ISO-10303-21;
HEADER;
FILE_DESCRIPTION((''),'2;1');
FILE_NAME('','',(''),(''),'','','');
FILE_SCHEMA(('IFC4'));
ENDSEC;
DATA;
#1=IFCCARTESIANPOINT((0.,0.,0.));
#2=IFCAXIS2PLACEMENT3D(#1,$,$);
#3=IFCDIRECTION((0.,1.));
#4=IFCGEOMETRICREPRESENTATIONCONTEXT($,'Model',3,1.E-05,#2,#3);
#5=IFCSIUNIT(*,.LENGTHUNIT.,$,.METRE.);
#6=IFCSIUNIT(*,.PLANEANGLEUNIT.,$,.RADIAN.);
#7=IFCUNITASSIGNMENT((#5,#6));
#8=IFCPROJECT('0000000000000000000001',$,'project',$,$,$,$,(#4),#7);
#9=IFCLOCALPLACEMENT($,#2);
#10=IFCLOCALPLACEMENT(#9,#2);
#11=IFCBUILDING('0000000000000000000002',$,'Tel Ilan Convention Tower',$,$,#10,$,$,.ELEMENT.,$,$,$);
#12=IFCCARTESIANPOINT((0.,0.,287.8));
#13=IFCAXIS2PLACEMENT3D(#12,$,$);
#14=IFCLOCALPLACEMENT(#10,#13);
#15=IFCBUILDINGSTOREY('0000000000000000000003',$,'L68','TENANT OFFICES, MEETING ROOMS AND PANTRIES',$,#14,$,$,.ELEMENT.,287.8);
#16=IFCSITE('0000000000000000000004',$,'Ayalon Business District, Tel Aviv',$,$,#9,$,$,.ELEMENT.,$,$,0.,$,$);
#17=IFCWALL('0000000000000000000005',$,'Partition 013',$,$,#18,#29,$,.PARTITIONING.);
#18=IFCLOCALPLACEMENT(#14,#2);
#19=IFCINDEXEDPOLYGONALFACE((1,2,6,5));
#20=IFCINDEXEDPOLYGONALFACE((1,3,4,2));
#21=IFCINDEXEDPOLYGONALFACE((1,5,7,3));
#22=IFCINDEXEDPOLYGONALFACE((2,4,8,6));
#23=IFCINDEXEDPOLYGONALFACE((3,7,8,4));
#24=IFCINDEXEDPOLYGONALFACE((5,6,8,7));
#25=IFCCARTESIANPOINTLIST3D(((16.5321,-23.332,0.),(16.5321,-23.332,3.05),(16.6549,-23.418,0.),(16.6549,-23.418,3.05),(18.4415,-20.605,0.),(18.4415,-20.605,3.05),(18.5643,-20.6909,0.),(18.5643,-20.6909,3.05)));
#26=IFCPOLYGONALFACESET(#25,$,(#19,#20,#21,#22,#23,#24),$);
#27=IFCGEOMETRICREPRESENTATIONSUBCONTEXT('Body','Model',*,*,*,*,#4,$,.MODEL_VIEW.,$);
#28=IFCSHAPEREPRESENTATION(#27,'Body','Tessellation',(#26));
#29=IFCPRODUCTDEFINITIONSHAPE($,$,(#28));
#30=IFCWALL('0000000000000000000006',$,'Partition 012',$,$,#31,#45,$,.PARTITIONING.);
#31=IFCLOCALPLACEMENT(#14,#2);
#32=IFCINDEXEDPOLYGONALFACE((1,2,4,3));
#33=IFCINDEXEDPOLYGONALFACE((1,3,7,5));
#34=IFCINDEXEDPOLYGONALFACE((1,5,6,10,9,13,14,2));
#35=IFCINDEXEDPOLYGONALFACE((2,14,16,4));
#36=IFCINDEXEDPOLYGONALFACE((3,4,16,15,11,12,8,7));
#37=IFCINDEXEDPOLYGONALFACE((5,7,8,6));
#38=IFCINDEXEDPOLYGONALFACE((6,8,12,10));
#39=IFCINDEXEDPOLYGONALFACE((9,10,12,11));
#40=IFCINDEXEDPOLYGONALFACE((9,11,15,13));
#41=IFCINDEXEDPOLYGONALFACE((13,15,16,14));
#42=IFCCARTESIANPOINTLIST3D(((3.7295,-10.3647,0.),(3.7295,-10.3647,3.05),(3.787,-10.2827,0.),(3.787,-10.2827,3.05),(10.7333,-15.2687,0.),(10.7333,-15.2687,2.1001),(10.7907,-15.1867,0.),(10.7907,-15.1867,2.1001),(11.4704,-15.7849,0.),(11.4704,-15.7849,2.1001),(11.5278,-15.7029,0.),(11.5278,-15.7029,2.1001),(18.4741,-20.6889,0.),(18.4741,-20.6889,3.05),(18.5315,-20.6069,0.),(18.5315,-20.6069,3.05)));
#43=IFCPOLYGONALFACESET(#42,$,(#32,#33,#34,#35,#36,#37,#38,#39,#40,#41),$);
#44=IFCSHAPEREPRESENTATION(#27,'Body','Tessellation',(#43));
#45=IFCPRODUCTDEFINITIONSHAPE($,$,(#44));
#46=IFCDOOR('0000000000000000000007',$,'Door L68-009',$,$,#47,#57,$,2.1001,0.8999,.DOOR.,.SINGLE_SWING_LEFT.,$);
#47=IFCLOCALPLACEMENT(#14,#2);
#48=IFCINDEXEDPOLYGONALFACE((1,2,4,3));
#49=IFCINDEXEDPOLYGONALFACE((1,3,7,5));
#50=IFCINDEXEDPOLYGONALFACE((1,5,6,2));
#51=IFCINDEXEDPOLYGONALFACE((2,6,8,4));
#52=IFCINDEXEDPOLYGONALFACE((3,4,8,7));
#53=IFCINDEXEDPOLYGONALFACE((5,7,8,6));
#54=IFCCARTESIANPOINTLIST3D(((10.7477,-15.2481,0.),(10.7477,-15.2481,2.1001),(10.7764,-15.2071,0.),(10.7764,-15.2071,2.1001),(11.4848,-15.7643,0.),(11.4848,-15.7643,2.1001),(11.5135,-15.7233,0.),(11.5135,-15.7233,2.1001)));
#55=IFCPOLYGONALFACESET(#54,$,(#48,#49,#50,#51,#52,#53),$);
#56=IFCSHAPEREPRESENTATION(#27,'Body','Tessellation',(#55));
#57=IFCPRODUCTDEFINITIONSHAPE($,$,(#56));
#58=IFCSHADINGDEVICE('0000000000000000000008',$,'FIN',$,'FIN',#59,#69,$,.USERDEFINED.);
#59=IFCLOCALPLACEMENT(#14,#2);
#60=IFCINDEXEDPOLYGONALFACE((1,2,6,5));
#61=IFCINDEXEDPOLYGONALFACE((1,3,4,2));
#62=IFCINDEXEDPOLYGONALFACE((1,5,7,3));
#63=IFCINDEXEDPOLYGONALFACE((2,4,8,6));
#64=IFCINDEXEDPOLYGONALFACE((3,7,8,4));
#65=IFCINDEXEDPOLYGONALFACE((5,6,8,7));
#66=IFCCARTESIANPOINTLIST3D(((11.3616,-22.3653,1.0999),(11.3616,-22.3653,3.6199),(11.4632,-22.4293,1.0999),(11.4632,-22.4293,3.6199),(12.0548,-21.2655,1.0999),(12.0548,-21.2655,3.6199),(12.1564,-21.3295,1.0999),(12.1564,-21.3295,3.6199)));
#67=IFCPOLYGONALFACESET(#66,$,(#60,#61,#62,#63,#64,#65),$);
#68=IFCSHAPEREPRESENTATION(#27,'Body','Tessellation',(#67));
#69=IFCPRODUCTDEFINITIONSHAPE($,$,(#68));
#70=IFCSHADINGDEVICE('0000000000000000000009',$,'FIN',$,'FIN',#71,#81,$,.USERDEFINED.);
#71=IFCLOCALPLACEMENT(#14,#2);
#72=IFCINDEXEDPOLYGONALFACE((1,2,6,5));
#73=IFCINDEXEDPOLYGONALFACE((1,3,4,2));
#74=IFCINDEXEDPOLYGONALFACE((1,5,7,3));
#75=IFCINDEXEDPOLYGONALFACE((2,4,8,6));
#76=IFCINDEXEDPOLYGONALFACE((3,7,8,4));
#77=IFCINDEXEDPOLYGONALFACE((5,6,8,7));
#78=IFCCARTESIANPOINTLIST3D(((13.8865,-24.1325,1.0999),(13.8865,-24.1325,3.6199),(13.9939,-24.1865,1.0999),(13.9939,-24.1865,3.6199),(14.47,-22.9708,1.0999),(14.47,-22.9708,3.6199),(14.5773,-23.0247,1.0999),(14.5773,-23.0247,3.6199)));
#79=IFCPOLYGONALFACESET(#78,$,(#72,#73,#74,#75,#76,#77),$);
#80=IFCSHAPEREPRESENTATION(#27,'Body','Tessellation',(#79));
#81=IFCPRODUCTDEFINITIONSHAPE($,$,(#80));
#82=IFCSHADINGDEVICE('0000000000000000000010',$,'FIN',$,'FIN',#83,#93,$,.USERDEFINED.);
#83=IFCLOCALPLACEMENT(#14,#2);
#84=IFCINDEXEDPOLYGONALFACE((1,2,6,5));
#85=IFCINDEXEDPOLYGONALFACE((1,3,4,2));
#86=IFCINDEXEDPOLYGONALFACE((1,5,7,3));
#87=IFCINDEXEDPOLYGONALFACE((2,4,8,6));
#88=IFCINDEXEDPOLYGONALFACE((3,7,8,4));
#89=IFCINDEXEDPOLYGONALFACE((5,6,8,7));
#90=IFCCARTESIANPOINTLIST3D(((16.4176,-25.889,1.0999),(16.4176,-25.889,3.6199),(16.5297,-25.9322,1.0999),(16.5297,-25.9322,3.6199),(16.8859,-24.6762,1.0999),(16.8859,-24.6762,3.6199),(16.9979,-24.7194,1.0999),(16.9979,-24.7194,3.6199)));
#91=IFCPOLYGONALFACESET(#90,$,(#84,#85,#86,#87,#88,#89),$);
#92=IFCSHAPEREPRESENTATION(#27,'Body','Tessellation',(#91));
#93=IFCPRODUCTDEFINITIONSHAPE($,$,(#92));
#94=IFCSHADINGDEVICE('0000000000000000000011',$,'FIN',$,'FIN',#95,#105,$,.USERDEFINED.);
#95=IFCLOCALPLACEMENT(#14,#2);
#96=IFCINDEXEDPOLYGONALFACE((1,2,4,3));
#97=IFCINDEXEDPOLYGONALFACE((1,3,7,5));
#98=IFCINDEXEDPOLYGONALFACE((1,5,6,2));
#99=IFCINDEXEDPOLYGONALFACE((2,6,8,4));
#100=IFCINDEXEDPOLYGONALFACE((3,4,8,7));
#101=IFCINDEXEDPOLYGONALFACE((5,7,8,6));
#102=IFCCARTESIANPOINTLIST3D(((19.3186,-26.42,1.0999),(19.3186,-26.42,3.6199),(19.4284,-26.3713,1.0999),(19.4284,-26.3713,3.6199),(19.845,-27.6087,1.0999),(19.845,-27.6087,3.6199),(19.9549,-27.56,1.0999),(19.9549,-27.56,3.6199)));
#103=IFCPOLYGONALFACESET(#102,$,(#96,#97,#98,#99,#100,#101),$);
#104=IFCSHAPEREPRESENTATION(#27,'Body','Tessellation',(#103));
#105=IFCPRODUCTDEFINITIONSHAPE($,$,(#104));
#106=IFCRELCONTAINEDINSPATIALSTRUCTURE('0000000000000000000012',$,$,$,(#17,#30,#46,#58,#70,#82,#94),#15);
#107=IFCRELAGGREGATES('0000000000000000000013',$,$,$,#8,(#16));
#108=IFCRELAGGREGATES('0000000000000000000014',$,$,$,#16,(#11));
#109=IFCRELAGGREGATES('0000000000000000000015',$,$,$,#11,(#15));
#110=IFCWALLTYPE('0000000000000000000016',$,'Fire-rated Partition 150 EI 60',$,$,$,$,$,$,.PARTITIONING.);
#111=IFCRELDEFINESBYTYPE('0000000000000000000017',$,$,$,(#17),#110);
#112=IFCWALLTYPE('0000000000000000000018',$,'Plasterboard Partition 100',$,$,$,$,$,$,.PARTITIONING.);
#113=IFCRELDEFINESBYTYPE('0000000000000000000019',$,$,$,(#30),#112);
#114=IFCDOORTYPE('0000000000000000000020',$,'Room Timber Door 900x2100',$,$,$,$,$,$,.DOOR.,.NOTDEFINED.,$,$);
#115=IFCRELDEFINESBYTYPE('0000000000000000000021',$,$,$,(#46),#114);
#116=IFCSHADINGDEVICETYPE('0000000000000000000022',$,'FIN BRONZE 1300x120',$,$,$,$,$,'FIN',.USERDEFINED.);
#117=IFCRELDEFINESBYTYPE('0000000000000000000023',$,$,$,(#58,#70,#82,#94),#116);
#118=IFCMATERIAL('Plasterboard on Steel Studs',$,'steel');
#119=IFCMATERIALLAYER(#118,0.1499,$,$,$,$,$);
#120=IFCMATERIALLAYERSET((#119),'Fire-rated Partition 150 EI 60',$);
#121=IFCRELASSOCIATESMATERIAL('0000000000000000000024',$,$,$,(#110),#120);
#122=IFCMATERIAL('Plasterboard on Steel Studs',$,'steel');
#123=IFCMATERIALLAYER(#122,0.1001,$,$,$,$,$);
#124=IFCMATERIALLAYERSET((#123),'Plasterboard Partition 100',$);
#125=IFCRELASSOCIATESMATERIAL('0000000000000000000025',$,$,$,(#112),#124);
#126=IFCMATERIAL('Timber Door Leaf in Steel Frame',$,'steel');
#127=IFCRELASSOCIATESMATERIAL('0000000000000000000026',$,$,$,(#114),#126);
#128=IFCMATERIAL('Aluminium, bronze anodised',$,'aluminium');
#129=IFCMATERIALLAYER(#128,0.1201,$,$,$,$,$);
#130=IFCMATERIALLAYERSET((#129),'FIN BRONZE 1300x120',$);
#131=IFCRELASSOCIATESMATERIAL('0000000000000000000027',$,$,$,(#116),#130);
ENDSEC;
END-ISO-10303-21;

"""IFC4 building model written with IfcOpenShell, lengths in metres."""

from ifc_helpers import new_model, si_unit, direction, frame, frame_2d, origin, origin_2d, place, context, subcontext, project, spatial, rectangle, extrude, material, layer, layer_set, type_object, element, fill, save


model = new_model("IFC4")

# Units and contexts
model_context = context("Model", 3, precision=1e-05, world=origin(), true_north=direction((0.0, 1.0)))
body_context = subcontext(model_context, "Body", "Model", "MODEL_VIEW")
ifc_project = project(units=[si_unit("LENGTHUNIT", "METRE"), si_unit("PLANEANGLEUNIT", "RADIAN")], contexts=[model_context])

# Site, building, storey
site_placement = place(None, origin())
site = spatial("IfcSite", under=ifc_project, at=site_placement, Name="Ayalon Business District, Tel Aviv", CompositionType="ELEMENT", RefElevation=0.0)
building_placement = place(site_placement, origin())
building = spatial("IfcBuilding", under=site, at=building_placement, Name="Tel Ilan Convention Tower", CompositionType="ELEMENT")
storey_placement = place(building_placement, frame((0.0, 0.0, 287.8)))
storey = spatial("IfcBuildingStorey", under=building, at=storey_placement, Name="L68", Description="TENANT OFFICES, MEETING ROOMS AND PANTRIES", CompositionType="ELEMENT", Elevation=287.8)

# Wall
ifc_material_1 = material(Name="Plasterboard on Steel Studs", Category="steel")
ifc_layer_1 = layer(ifc_material_1, 0.1499)
ifc_layer_set_1 = layer_set([ifc_layer_1], Name="Fire-rated Partition 150 EI 60")
wall_type_1 = type_object("IfcWallType", Name="Fire-rated Partition 150 EI 60", PredefinedType="PARTITIONING", material=ifc_layer_set_1)
wall_1_placement = place(storey_placement, frame((18.5029, -20.6479, 0.0), z_axis=(0.0, 0.0, 1.0), x_axis=(-0.573561, -0.819163, 0.0)))
element("IfcWall", 1, at=wall_1_placement, inside=storey, type_object=wall_type_1, Name="Partition 013", PredefinedType="PARTITIONING", context=body_context, shape_type="SweptSolid", body=[
    extrude(rectangle(XDim=3.3291, YDim=0.1499, at=frame_2d((1.6646, 0.0))), origin(), (0.0, 0.0, 1.0), 3.05),
])

# Wall, opening, door
ifc_material_2 = material(Name="Plasterboard on Steel Studs", Category="steel")
ifc_layer_2 = layer(ifc_material_2, 0.1001)
ifc_layer_set_2 = layer_set([ifc_layer_2], Name="Plasterboard Partition 100")
wall_type_2 = type_object("IfcWallType", Name="Plasterboard Partition 100", PredefinedType="PARTITIONING", material=ifc_layer_set_2)
wall_2_placement = place(storey_placement, frame((18.5029, -20.6479, 0.0), z_axis=(0.0, 0.0, 1.0), x_axis=(-0.819154, 0.573573, 0.0)))
wall_2 = element("IfcWall", 2, at=wall_2_placement, inside=storey, type_object=wall_type_2, Name="Partition 012", PredefinedType="PARTITIONING", context=body_context, shape_type="SweptSolid", body=[
    extrude(rectangle(XDim=17.9998, YDim=0.1001, at=frame_2d((9.0, 0.0))), origin(), (0.0, 0.0, 1.0), 3.05),
])
opening_placement = place(wall_2_placement, frame((8.55, 0.0, 0.0)))
opening = element("IfcOpeningElement", 3, at=opening_placement, cuts=wall_2, PredefinedType="OPENING", context=body_context, shape_type="SweptSolid", body=[
    extrude(rectangle(XDim=0.8999, YDim=2.1001, at=frame_2d((0.45, 1.05))), frame((0.0, 0.0601, 0.0), z_axis=(0.0, -1.0, 0.0), x_axis=(1.0, 0.0, 0.0)), (0.0, 0.0, 1.0), 0.1201),
])
ifc_material_3 = material(Name="Timber Door Leaf in Steel Frame", Category="steel")
door_type = type_object("IfcDoorType", Name="Room Timber Door 900x2100", OperationType="NOTDEFINED", PredefinedType="DOOR", material=ifc_material_3)
door_placement = place(opening_placement, origin())
door = element("IfcDoor", 4, at=door_placement, inside=storey, type_object=door_type, Name="Door L68-009", OperationType="SINGLE_SWING_LEFT", OverallHeight=2.1001, OverallWidth=0.8999, PredefinedType="DOOR", context=body_context, shape_type="SweptSolid", body=[
    extrude(rectangle(XDim=0.8999, YDim=2.1001, at=frame_2d((0.45, 1.05))), frame((0.0, 0.0249, 0.0), z_axis=(0.0, -1.0, 0.0), x_axis=(1.0, 0.0, 0.0)), (0.0, 0.0, 1.0), 0.05),
])
fill(opening, door)

# Shading devices
ifc_material_4 = material(Name="Aluminium, bronze anodised", Category="aluminium")
ifc_layer_3 = layer(ifc_material_4, 0.1201)
ifc_layer_set_3 = layer_set([ifc_layer_3], Name="FIN BRONZE 1300x120")
shading_device_type = type_object("IfcShadingDeviceType", Name="FIN BRONZE 1300x120", ElementType="FIN", PredefinedType="USERDEFINED", material=ifc_layer_set_3)
for number, where, z_axis, x_axis, name in (
    (5, (11.759, -21.8474, 1.0999), (0.0, 0.0, 1.0), (-0.533204, -0.845986, 0.0), "FIN"),
    (6, (14.2319, -23.5786, 1.0999), (0.0, 0.0, 1.0), (-0.448799, -0.893633, 0.0), "FIN"),
    (7, (16.7078, -25.3042, 1.0999), (0.0, 0.0, 1.0), (-0.360178, -0.932884, 0.0), "FIN"),
    (8, (19.6367, -26.99, 1.0999), (0.0, 0.0, 1.0), (0.404964, -0.914333, 0.0), "FIN"),
):
    element("IfcShadingDevice", number, at=place(storey_placement, frame(where, z_axis=z_axis, x_axis=x_axis)), inside=storey, type_object=shading_device_type, Name=name, ObjectType="FIN", PredefinedType="USERDEFINED", context=body_context, shape_type="SweptSolid", body=[
        extrude(rectangle(XDim=1.3, YDim=0.1201, at=origin_2d()), origin(), (0.0, 0.0, 1.0), 2.52),
    ])

save(model, "model.ifc")
